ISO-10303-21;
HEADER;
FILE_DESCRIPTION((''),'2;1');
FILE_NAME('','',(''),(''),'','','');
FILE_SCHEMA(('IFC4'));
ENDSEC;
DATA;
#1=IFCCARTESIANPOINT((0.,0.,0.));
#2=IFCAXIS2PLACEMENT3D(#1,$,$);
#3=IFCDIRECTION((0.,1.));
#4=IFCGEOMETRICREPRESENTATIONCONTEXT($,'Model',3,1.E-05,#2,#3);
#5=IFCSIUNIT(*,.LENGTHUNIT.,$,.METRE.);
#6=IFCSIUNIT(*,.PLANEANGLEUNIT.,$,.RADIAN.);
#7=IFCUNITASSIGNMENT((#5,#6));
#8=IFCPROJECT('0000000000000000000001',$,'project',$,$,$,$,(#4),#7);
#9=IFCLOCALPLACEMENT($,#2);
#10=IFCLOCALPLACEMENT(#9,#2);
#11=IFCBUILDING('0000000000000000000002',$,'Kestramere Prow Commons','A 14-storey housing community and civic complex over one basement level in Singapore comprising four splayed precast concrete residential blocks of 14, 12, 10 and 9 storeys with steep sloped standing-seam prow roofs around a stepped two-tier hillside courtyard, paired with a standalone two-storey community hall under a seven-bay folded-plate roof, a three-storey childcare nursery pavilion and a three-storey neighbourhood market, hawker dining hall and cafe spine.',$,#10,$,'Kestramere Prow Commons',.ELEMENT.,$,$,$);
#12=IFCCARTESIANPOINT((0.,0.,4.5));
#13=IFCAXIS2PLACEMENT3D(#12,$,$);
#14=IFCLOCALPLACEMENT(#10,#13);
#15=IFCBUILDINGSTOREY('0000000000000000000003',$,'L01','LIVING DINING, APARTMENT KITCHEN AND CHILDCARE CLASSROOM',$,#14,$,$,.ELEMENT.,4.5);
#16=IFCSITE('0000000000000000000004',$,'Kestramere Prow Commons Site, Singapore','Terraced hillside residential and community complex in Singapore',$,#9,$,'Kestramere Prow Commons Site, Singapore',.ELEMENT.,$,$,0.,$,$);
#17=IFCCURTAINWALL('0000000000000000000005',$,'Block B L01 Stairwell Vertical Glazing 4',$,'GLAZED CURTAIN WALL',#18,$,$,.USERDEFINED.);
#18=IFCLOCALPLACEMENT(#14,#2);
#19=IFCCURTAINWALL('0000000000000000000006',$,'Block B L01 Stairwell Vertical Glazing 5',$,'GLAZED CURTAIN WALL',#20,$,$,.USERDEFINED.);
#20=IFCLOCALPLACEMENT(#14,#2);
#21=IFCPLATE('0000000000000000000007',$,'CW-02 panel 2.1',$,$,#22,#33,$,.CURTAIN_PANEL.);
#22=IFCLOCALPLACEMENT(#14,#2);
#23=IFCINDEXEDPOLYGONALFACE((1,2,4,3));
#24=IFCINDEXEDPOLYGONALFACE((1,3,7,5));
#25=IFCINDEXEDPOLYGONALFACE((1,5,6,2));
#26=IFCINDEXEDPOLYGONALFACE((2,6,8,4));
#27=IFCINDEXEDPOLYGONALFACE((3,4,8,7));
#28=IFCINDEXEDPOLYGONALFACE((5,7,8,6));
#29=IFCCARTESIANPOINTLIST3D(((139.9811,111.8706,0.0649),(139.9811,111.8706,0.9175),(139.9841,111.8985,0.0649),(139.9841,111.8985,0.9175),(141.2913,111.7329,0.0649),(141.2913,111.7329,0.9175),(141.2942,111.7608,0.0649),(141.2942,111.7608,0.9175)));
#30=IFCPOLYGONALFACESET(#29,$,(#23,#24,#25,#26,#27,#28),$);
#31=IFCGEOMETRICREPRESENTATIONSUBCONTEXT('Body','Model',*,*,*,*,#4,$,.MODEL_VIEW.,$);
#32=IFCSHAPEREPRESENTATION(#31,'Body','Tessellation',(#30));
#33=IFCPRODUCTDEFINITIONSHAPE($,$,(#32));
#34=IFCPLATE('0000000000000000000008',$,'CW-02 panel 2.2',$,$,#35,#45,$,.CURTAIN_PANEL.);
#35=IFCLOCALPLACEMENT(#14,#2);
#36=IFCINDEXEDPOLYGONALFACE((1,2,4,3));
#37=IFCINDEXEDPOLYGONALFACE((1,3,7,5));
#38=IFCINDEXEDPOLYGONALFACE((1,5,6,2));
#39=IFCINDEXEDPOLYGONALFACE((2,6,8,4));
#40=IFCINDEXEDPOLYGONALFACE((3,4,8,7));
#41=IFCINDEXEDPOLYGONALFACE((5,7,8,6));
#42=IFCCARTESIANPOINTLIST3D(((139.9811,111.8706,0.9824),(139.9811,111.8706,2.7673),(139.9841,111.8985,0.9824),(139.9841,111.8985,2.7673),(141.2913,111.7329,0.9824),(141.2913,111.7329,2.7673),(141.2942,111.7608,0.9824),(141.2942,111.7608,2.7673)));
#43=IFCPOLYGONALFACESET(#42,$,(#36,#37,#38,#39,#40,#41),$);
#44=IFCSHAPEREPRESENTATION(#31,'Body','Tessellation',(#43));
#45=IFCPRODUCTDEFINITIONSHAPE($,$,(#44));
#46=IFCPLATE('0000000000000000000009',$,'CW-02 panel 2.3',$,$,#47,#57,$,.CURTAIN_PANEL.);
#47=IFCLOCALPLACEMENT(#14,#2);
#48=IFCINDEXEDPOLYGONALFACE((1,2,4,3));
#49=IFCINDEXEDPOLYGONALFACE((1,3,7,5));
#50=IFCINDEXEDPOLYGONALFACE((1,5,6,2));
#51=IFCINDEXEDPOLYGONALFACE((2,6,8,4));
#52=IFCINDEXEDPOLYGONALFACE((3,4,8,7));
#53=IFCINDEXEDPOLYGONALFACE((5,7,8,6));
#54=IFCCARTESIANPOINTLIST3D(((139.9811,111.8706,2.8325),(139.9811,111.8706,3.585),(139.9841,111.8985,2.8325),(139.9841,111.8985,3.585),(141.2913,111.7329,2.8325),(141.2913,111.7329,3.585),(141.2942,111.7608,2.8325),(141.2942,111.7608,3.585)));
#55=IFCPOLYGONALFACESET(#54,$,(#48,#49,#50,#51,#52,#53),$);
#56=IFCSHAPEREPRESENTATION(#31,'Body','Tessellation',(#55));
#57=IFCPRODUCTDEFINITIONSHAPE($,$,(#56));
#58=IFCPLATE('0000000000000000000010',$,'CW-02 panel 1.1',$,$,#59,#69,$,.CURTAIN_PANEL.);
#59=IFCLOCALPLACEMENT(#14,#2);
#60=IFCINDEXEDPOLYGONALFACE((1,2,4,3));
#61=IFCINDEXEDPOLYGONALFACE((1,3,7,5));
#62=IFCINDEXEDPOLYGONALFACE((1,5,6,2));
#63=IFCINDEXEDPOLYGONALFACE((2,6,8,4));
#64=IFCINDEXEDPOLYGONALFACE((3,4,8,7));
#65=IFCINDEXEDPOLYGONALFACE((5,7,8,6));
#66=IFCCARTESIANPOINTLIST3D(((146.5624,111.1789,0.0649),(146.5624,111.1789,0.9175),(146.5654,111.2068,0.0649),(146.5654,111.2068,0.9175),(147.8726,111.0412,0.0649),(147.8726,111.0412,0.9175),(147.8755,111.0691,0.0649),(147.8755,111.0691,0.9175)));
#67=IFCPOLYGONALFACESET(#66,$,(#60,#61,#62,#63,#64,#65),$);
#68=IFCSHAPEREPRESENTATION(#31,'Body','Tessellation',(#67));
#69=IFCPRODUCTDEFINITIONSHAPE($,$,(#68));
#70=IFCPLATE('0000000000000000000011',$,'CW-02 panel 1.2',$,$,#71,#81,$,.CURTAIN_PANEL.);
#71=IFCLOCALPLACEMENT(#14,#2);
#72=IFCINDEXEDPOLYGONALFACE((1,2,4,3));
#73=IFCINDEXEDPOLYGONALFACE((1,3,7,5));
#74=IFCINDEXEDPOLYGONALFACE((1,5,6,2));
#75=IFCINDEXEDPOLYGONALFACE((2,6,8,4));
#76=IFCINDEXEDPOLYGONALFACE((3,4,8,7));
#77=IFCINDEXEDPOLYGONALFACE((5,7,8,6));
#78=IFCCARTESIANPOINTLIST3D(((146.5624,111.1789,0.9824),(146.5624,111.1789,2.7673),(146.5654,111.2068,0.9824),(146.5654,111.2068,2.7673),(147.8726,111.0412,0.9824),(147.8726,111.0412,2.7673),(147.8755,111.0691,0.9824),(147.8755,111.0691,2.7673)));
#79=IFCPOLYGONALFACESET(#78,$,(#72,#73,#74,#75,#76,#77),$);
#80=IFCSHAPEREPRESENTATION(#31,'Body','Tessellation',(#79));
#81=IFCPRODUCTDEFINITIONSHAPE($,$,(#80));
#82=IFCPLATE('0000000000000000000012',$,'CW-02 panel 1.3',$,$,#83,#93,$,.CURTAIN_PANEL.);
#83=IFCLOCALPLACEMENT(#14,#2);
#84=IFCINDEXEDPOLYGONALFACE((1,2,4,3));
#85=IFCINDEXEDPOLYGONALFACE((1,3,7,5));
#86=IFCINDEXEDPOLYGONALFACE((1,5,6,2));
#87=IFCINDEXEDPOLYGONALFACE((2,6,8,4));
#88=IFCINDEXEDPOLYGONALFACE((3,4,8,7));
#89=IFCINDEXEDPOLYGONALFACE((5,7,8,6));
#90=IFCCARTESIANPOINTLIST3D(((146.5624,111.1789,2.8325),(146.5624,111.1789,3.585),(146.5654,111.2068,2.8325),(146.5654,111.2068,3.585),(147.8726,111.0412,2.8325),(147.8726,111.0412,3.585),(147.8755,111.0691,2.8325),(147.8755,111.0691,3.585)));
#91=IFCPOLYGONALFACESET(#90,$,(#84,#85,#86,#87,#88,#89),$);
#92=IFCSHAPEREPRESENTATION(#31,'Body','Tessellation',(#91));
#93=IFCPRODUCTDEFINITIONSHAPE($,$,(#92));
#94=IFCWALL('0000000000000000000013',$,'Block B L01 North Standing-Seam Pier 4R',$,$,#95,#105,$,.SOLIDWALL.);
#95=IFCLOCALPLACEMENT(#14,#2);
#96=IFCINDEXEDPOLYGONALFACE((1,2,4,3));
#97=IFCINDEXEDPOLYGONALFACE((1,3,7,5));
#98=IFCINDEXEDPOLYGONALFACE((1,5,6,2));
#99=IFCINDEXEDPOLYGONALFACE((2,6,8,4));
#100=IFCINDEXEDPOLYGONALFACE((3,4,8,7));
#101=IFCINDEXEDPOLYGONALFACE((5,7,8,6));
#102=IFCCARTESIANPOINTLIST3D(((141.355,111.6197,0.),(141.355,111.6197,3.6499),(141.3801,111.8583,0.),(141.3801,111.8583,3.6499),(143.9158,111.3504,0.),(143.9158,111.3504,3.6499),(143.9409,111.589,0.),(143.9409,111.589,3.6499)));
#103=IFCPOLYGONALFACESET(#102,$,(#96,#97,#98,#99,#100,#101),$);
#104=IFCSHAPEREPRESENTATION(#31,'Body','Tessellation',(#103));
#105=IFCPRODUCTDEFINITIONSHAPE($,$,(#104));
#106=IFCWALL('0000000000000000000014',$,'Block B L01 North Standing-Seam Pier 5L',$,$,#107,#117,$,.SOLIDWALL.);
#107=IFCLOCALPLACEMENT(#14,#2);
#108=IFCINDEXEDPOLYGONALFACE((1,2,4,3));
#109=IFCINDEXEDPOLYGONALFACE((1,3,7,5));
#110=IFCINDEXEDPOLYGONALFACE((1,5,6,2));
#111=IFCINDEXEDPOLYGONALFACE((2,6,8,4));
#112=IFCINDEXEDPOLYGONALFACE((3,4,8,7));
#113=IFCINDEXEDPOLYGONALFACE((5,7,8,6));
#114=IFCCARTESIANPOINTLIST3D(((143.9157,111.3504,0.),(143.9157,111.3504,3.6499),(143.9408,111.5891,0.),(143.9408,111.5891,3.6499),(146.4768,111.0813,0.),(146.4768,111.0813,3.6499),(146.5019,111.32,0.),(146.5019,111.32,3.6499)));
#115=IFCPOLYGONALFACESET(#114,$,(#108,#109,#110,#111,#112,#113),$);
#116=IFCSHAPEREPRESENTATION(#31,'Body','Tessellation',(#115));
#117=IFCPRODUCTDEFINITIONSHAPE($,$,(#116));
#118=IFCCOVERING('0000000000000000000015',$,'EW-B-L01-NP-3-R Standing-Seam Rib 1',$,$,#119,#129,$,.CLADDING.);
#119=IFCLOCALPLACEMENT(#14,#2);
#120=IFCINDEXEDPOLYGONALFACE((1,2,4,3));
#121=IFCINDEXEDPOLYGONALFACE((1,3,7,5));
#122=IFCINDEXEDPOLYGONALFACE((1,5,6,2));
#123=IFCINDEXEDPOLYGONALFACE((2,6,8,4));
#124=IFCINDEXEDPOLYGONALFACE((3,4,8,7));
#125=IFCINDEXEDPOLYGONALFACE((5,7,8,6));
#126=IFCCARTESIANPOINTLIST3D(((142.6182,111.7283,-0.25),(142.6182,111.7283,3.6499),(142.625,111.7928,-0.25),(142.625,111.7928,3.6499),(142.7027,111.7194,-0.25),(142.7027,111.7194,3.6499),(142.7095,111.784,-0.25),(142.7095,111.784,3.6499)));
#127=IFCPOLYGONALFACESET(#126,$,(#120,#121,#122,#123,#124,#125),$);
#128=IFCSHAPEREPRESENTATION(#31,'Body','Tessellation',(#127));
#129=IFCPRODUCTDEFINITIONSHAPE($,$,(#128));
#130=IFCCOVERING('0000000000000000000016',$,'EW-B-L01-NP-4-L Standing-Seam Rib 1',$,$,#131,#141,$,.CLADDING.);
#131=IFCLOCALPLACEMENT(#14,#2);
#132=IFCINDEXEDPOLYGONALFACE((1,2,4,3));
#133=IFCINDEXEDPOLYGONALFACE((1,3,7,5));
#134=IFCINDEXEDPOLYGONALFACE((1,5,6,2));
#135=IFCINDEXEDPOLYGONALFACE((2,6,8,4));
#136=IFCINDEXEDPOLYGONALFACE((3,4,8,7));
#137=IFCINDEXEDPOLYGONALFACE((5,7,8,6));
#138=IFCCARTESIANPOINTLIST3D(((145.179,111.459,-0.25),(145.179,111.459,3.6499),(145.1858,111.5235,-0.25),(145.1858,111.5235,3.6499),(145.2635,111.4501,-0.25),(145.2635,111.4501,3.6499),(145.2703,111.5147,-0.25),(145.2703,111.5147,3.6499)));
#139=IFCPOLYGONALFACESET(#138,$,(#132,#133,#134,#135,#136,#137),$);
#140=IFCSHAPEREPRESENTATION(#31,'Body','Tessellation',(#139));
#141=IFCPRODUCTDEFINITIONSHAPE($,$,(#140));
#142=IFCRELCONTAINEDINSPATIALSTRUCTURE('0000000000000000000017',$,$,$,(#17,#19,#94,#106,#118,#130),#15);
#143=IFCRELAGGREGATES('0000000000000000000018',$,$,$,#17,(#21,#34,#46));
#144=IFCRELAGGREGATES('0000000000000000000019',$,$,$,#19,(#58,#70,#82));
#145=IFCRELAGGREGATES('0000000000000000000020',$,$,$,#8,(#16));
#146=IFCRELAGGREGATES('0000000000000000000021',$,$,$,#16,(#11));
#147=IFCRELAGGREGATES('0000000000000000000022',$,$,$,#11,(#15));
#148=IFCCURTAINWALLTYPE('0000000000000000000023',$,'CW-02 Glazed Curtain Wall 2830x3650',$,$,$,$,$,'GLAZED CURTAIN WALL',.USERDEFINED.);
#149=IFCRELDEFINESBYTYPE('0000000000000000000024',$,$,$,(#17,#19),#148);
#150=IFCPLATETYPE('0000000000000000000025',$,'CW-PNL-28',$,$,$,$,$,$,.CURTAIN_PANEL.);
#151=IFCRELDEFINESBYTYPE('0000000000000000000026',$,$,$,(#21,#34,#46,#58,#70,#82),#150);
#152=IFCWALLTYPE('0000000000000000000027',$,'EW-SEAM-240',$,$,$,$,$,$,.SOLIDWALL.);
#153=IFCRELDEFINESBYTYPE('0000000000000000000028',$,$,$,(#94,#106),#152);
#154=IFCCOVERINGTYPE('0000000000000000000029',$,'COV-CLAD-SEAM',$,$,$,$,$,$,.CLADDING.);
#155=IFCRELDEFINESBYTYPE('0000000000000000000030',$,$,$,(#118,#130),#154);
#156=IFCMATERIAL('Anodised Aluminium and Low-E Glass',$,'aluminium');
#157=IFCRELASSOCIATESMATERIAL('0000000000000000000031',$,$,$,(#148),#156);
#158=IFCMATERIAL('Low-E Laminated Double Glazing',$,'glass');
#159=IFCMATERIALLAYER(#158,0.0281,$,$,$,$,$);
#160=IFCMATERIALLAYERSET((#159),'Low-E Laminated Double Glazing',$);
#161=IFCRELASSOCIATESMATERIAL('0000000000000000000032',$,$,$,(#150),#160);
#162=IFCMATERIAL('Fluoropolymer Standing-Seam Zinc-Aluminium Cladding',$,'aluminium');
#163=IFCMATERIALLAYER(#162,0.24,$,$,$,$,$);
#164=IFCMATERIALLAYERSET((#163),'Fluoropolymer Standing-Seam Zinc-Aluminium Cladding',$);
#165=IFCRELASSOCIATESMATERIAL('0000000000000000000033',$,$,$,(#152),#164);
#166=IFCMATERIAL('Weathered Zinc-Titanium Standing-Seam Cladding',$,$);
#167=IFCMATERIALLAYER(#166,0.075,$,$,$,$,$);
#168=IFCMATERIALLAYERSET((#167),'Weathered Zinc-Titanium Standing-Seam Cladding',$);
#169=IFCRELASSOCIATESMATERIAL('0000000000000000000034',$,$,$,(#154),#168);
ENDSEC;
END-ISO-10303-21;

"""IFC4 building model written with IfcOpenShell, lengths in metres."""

from ifc_helpers import new_model, si_unit, direction, frame, frame_2d, origin, origin_2d, place, context, subcontext, project, spatial, rectangle, extrude, material, layer, layer_set, type_object, element, aggregate, save


model = new_model("IFC4")

# Units and contexts
model_context = context("Model", 3, precision=1e-05, world=origin(), true_north=direction((0.0, 1.0)))
body_context = subcontext(model_context, "Body", "Model", "MODEL_VIEW")
ifc_project = project(units=[si_unit("LENGTHUNIT", "METRE"), si_unit("PLANEANGLEUNIT", "RADIAN")], contexts=[model_context])

# Site, building, storey
site_placement = place(None, origin())
site = spatial("IfcSite", under=ifc_project, at=site_placement, Name="Kestramere Prow Commons Site, Singapore", Description="Terraced hillside residential and community complex in Singapore", LongName="Kestramere Prow Commons Site, Singapore", CompositionType="ELEMENT", RefElevation=0.0)
building_placement = place(site_placement, origin())
building = spatial("IfcBuilding", under=site, at=building_placement, Name="Kestramere Prow Commons", Description="A 14-storey housing community and civic complex over one basement level in Singapore comprising four splayed precast concrete residential blocks of 14, 12, 10 and 9 storeys with steep sloped standing-seam prow roofs around a stepped two-tier hillside courtyard, paired with a standalone two-storey community hall under a seven-bay folded-plate roof, a three-storey childcare nursery pavilion and a three-storey neighbourhood market, hawker dining hall and cafe spine.", LongName="Kestramere Prow Commons", CompositionType="ELEMENT")
storey_placement = place(building_placement, frame((0.0, 0.0, 4.5)))
storey = spatial("IfcBuildingStorey", under=building, at=storey_placement, Name="L01", Description="LIVING DINING, APARTMENT KITCHEN AND CHILDCARE CLASSROOM", CompositionType="ELEMENT", Elevation=4.5)

# Curtain wall
ifc_material_1 = material(Name="Anodised Aluminium and Low-E Glass", Category="aluminium")
curtain_wall_type = type_object("IfcCurtainWallType", Name="CW-02 Glazed Curtain Wall 2830x3650", ElementType="GLAZED CURTAIN WALL", PredefinedType="USERDEFINED", material=ifc_material_1)
curtain_wall_1_placement = place(storey_placement, origin())
curtain_wall_1 = element("IfcCurtainWall", 1, at=curtain_wall_1_placement, inside=storey, type_object=curtain_wall_type, Name="Block B L01 Stairwell Vertical Glazing 4", ObjectType="GLAZED CURTAIN WALL", PredefinedType="USERDEFINED")

# Curtain wall
curtain_wall_2_placement = place(storey_placement, origin())
curtain_wall_2 = element("IfcCurtainWall", 2, at=curtain_wall_2_placement, inside=storey, type_object=curtain_wall_type, Name="Block B L01 Stairwell Vertical Glazing 5", ObjectType="GLAZED CURTAIN WALL", PredefinedType="USERDEFINED")

# Plates
ifc_material_2 = material(Name="Low-E Laminated Double Glazing", Category="glass")
ifc_layer_1 = layer(ifc_material_2, 0.0281)
ifc_layer_set_1 = layer_set([ifc_layer_1], Name="Low-E Laminated Double Glazing")
plate_type = type_object("IfcPlateType", Name="CW-PNL-28", PredefinedType="CURTAIN_PANEL", material=ifc_layer_set_1)
plate_1_placement = place(storey_placement, frame((140.6377, 111.8157, 0.0649), z_axis=(0.0, 0.0, 1.0), x_axis=(0.994522, -0.104529, 0.0)))
plate_1 = element("IfcPlate", 3, at=plate_1_placement, type_object=plate_type, Name="CW-02 panel 2.1", PredefinedType="CURTAIN_PANEL", context=body_context, shape_type="SweptSolid", body=[
    extrude(rectangle(XDim=1.3174, YDim=0.0281, at=origin_2d()), origin(), (0.0, 0.0, 1.0), 0.8525),
])
plate_2_placement = place(storey_placement, frame((140.6377, 111.8157, 0.9824), z_axis=(0.0, 0.0, 1.0), x_axis=(0.994522, -0.104529, 0.0)))
plate_2 = element("IfcPlate", 4, at=plate_2_placement, type_object=plate_type, Name="CW-02 panel 2.2", PredefinedType="CURTAIN_PANEL", context=body_context, shape_type="SweptSolid", body=[
    extrude(rectangle(XDim=1.3174, YDim=0.0281, at=origin_2d()), origin(), (0.0, 0.0, 1.0), 1.7849),
])
plate_3_placement = place(storey_placement, frame((140.6377, 111.8157, 2.8325), z_axis=(0.0, 0.0, 1.0), x_axis=(0.994522, -0.104529, 0.0)))
plate_3 = element("IfcPlate", 5, at=plate_3_placement, type_object=plate_type, Name="CW-02 panel 2.3", PredefinedType="CURTAIN_PANEL", context=body_context, shape_type="SweptSolid", body=[
    extrude(rectangle(XDim=1.3174, YDim=0.0281, at=origin_2d()), origin(), (0.0, 0.0, 1.0), 0.7524),
])
aggregate(curtain_wall_1, [plate_1, plate_2, plate_3])
plate_4_placement = place(storey_placement, frame((147.219, 111.124, 0.0649), z_axis=(0.0, 0.0, 1.0), x_axis=(0.994522, -0.104528, 0.0)))
plate_4 = element("IfcPlate", 6, at=plate_4_placement, type_object=plate_type, Name="CW-02 panel 1.1", PredefinedType="CURTAIN_PANEL", context=body_context, shape_type="SweptSolid", body=[
    extrude(rectangle(XDim=1.3174, YDim=0.0281, at=origin_2d()), origin(), (0.0, 0.0, 1.0), 0.8525),
])
plate_5_placement = place(storey_placement, frame((147.219, 111.124, 0.9824), z_axis=(0.0, 0.0, 1.0), x_axis=(0.994522, -0.104528, 0.0)))
plate_5 = element("IfcPlate", 7, at=plate_5_placement, type_object=plate_type, Name="CW-02 panel 1.2", PredefinedType="CURTAIN_PANEL", context=body_context, shape_type="SweptSolid", body=[
    extrude(rectangle(XDim=1.3174, YDim=0.0281, at=origin_2d()), origin(), (0.0, 0.0, 1.0), 1.7849),
])
plate_6_placement = place(storey_placement, frame((147.219, 111.124, 2.8325), z_axis=(0.0, 0.0, 1.0), x_axis=(0.994522, -0.104528, 0.0)))
plate_6 = element("IfcPlate", 8, at=plate_6_placement, type_object=plate_type, Name="CW-02 panel 1.3", PredefinedType="CURTAIN_PANEL", context=body_context, shape_type="SweptSolid", body=[
    extrude(rectangle(XDim=1.3174, YDim=0.0281, at=origin_2d()), origin(), (0.0, 0.0, 1.0), 0.7524),
])
aggregate(curtain_wall_2, [plate_4, plate_5, plate_6])

# Walls
ifc_material_3 = material(Name="Fluoropolymer Standing-Seam Zinc-Aluminium Cladding", Category="aluminium")
ifc_layer_2 = layer(ifc_material_3, 0.24)
ifc_layer_set_2 = layer_set([ifc_layer_2], Name="Fluoropolymer Standing-Seam Zinc-Aluminium Cladding")
wall_type = type_object("IfcWallType", Name="EW-SEAM-240", PredefinedType="SOLIDWALL", material=ifc_layer_set_2)
wall_1_placement = place(storey_placement, frame((141.3674, 111.739, 0.0), z_axis=(0.0, 0.0, 1.0), x_axis=(0.994516, -0.104581, 0.0)))
element("IfcWall", 9, at=wall_1_placement, inside=storey, type_object=wall_type, Name="Block B L01 North Standing-Seam Pier 4R", PredefinedType="SOLIDWALL", context=body_context, shape_type="SweptSolid", body=[
    extrude(rectangle(XDim=2.575, YDim=0.24, at=frame_2d((1.2876, 0.0))), origin(), (0.0, 0.0, 1.0), 3.6499),
])
wall_2_placement = place(storey_placement, frame((143.9282, 111.4697, 0.0), z_axis=(0.0, 0.0, 1.0), x_axis=(0.994527, -0.104478, 0.0)))
element("IfcWall", 10, at=wall_2_placement, inside=storey, type_object=wall_type, Name="Block B L01 North Standing-Seam Pier 5L", PredefinedType="SOLIDWALL", context=body_context, shape_type="SweptSolid", body=[
    extrude(rectangle(XDim=2.5752, YDim=0.24, at=frame_2d((1.2876, 0.0))), origin(), (0.0, 0.0, 1.0), 3.6499),
])

# Coverings
ifc_material_4 = material(Name="Weathered Zinc-Titanium Standing-Seam Cladding")
ifc_layer_3 = layer(ifc_material_4, 0.075)
ifc_layer_set_3 = layer_set([ifc_layer_3], Name="Weathered Zinc-Titanium Standing-Seam Cladding")
covering_type = type_object("IfcCoveringType", Name="COV-CLAD-SEAM", PredefinedType="CLADDING", material=ifc_layer_set_3)
for number, where, z_axis, x_axis, name in (
    (11, (142.6638, 111.7561, -0.25), (0.0, 0.0, 1.0), (0.994522, -0.104528, 0.0), "EW-B-L01-NP-3-R Standing-Seam Rib 1"),
    (12, (145.2246, 111.4868, -0.25), (0.0, 0.0, 1.0), (0.994522, -0.104528, 0.0), "EW-B-L01-NP-4-L Standing-Seam Rib 1"),
):
    element("IfcCovering", number, at=place(storey_placement, frame(where, z_axis=z_axis, x_axis=x_axis)), inside=storey, type_object=covering_type, Name=name, PredefinedType="CLADDING", context=body_context, shape_type="SweptSolid", body=[
        extrude(rectangle(XDim=0.085, YDim=0.0649, at=origin_2d()), origin(), (0.0, 0.0, 1.0), 3.8999),
    ])

save(model, "model.ifc")
